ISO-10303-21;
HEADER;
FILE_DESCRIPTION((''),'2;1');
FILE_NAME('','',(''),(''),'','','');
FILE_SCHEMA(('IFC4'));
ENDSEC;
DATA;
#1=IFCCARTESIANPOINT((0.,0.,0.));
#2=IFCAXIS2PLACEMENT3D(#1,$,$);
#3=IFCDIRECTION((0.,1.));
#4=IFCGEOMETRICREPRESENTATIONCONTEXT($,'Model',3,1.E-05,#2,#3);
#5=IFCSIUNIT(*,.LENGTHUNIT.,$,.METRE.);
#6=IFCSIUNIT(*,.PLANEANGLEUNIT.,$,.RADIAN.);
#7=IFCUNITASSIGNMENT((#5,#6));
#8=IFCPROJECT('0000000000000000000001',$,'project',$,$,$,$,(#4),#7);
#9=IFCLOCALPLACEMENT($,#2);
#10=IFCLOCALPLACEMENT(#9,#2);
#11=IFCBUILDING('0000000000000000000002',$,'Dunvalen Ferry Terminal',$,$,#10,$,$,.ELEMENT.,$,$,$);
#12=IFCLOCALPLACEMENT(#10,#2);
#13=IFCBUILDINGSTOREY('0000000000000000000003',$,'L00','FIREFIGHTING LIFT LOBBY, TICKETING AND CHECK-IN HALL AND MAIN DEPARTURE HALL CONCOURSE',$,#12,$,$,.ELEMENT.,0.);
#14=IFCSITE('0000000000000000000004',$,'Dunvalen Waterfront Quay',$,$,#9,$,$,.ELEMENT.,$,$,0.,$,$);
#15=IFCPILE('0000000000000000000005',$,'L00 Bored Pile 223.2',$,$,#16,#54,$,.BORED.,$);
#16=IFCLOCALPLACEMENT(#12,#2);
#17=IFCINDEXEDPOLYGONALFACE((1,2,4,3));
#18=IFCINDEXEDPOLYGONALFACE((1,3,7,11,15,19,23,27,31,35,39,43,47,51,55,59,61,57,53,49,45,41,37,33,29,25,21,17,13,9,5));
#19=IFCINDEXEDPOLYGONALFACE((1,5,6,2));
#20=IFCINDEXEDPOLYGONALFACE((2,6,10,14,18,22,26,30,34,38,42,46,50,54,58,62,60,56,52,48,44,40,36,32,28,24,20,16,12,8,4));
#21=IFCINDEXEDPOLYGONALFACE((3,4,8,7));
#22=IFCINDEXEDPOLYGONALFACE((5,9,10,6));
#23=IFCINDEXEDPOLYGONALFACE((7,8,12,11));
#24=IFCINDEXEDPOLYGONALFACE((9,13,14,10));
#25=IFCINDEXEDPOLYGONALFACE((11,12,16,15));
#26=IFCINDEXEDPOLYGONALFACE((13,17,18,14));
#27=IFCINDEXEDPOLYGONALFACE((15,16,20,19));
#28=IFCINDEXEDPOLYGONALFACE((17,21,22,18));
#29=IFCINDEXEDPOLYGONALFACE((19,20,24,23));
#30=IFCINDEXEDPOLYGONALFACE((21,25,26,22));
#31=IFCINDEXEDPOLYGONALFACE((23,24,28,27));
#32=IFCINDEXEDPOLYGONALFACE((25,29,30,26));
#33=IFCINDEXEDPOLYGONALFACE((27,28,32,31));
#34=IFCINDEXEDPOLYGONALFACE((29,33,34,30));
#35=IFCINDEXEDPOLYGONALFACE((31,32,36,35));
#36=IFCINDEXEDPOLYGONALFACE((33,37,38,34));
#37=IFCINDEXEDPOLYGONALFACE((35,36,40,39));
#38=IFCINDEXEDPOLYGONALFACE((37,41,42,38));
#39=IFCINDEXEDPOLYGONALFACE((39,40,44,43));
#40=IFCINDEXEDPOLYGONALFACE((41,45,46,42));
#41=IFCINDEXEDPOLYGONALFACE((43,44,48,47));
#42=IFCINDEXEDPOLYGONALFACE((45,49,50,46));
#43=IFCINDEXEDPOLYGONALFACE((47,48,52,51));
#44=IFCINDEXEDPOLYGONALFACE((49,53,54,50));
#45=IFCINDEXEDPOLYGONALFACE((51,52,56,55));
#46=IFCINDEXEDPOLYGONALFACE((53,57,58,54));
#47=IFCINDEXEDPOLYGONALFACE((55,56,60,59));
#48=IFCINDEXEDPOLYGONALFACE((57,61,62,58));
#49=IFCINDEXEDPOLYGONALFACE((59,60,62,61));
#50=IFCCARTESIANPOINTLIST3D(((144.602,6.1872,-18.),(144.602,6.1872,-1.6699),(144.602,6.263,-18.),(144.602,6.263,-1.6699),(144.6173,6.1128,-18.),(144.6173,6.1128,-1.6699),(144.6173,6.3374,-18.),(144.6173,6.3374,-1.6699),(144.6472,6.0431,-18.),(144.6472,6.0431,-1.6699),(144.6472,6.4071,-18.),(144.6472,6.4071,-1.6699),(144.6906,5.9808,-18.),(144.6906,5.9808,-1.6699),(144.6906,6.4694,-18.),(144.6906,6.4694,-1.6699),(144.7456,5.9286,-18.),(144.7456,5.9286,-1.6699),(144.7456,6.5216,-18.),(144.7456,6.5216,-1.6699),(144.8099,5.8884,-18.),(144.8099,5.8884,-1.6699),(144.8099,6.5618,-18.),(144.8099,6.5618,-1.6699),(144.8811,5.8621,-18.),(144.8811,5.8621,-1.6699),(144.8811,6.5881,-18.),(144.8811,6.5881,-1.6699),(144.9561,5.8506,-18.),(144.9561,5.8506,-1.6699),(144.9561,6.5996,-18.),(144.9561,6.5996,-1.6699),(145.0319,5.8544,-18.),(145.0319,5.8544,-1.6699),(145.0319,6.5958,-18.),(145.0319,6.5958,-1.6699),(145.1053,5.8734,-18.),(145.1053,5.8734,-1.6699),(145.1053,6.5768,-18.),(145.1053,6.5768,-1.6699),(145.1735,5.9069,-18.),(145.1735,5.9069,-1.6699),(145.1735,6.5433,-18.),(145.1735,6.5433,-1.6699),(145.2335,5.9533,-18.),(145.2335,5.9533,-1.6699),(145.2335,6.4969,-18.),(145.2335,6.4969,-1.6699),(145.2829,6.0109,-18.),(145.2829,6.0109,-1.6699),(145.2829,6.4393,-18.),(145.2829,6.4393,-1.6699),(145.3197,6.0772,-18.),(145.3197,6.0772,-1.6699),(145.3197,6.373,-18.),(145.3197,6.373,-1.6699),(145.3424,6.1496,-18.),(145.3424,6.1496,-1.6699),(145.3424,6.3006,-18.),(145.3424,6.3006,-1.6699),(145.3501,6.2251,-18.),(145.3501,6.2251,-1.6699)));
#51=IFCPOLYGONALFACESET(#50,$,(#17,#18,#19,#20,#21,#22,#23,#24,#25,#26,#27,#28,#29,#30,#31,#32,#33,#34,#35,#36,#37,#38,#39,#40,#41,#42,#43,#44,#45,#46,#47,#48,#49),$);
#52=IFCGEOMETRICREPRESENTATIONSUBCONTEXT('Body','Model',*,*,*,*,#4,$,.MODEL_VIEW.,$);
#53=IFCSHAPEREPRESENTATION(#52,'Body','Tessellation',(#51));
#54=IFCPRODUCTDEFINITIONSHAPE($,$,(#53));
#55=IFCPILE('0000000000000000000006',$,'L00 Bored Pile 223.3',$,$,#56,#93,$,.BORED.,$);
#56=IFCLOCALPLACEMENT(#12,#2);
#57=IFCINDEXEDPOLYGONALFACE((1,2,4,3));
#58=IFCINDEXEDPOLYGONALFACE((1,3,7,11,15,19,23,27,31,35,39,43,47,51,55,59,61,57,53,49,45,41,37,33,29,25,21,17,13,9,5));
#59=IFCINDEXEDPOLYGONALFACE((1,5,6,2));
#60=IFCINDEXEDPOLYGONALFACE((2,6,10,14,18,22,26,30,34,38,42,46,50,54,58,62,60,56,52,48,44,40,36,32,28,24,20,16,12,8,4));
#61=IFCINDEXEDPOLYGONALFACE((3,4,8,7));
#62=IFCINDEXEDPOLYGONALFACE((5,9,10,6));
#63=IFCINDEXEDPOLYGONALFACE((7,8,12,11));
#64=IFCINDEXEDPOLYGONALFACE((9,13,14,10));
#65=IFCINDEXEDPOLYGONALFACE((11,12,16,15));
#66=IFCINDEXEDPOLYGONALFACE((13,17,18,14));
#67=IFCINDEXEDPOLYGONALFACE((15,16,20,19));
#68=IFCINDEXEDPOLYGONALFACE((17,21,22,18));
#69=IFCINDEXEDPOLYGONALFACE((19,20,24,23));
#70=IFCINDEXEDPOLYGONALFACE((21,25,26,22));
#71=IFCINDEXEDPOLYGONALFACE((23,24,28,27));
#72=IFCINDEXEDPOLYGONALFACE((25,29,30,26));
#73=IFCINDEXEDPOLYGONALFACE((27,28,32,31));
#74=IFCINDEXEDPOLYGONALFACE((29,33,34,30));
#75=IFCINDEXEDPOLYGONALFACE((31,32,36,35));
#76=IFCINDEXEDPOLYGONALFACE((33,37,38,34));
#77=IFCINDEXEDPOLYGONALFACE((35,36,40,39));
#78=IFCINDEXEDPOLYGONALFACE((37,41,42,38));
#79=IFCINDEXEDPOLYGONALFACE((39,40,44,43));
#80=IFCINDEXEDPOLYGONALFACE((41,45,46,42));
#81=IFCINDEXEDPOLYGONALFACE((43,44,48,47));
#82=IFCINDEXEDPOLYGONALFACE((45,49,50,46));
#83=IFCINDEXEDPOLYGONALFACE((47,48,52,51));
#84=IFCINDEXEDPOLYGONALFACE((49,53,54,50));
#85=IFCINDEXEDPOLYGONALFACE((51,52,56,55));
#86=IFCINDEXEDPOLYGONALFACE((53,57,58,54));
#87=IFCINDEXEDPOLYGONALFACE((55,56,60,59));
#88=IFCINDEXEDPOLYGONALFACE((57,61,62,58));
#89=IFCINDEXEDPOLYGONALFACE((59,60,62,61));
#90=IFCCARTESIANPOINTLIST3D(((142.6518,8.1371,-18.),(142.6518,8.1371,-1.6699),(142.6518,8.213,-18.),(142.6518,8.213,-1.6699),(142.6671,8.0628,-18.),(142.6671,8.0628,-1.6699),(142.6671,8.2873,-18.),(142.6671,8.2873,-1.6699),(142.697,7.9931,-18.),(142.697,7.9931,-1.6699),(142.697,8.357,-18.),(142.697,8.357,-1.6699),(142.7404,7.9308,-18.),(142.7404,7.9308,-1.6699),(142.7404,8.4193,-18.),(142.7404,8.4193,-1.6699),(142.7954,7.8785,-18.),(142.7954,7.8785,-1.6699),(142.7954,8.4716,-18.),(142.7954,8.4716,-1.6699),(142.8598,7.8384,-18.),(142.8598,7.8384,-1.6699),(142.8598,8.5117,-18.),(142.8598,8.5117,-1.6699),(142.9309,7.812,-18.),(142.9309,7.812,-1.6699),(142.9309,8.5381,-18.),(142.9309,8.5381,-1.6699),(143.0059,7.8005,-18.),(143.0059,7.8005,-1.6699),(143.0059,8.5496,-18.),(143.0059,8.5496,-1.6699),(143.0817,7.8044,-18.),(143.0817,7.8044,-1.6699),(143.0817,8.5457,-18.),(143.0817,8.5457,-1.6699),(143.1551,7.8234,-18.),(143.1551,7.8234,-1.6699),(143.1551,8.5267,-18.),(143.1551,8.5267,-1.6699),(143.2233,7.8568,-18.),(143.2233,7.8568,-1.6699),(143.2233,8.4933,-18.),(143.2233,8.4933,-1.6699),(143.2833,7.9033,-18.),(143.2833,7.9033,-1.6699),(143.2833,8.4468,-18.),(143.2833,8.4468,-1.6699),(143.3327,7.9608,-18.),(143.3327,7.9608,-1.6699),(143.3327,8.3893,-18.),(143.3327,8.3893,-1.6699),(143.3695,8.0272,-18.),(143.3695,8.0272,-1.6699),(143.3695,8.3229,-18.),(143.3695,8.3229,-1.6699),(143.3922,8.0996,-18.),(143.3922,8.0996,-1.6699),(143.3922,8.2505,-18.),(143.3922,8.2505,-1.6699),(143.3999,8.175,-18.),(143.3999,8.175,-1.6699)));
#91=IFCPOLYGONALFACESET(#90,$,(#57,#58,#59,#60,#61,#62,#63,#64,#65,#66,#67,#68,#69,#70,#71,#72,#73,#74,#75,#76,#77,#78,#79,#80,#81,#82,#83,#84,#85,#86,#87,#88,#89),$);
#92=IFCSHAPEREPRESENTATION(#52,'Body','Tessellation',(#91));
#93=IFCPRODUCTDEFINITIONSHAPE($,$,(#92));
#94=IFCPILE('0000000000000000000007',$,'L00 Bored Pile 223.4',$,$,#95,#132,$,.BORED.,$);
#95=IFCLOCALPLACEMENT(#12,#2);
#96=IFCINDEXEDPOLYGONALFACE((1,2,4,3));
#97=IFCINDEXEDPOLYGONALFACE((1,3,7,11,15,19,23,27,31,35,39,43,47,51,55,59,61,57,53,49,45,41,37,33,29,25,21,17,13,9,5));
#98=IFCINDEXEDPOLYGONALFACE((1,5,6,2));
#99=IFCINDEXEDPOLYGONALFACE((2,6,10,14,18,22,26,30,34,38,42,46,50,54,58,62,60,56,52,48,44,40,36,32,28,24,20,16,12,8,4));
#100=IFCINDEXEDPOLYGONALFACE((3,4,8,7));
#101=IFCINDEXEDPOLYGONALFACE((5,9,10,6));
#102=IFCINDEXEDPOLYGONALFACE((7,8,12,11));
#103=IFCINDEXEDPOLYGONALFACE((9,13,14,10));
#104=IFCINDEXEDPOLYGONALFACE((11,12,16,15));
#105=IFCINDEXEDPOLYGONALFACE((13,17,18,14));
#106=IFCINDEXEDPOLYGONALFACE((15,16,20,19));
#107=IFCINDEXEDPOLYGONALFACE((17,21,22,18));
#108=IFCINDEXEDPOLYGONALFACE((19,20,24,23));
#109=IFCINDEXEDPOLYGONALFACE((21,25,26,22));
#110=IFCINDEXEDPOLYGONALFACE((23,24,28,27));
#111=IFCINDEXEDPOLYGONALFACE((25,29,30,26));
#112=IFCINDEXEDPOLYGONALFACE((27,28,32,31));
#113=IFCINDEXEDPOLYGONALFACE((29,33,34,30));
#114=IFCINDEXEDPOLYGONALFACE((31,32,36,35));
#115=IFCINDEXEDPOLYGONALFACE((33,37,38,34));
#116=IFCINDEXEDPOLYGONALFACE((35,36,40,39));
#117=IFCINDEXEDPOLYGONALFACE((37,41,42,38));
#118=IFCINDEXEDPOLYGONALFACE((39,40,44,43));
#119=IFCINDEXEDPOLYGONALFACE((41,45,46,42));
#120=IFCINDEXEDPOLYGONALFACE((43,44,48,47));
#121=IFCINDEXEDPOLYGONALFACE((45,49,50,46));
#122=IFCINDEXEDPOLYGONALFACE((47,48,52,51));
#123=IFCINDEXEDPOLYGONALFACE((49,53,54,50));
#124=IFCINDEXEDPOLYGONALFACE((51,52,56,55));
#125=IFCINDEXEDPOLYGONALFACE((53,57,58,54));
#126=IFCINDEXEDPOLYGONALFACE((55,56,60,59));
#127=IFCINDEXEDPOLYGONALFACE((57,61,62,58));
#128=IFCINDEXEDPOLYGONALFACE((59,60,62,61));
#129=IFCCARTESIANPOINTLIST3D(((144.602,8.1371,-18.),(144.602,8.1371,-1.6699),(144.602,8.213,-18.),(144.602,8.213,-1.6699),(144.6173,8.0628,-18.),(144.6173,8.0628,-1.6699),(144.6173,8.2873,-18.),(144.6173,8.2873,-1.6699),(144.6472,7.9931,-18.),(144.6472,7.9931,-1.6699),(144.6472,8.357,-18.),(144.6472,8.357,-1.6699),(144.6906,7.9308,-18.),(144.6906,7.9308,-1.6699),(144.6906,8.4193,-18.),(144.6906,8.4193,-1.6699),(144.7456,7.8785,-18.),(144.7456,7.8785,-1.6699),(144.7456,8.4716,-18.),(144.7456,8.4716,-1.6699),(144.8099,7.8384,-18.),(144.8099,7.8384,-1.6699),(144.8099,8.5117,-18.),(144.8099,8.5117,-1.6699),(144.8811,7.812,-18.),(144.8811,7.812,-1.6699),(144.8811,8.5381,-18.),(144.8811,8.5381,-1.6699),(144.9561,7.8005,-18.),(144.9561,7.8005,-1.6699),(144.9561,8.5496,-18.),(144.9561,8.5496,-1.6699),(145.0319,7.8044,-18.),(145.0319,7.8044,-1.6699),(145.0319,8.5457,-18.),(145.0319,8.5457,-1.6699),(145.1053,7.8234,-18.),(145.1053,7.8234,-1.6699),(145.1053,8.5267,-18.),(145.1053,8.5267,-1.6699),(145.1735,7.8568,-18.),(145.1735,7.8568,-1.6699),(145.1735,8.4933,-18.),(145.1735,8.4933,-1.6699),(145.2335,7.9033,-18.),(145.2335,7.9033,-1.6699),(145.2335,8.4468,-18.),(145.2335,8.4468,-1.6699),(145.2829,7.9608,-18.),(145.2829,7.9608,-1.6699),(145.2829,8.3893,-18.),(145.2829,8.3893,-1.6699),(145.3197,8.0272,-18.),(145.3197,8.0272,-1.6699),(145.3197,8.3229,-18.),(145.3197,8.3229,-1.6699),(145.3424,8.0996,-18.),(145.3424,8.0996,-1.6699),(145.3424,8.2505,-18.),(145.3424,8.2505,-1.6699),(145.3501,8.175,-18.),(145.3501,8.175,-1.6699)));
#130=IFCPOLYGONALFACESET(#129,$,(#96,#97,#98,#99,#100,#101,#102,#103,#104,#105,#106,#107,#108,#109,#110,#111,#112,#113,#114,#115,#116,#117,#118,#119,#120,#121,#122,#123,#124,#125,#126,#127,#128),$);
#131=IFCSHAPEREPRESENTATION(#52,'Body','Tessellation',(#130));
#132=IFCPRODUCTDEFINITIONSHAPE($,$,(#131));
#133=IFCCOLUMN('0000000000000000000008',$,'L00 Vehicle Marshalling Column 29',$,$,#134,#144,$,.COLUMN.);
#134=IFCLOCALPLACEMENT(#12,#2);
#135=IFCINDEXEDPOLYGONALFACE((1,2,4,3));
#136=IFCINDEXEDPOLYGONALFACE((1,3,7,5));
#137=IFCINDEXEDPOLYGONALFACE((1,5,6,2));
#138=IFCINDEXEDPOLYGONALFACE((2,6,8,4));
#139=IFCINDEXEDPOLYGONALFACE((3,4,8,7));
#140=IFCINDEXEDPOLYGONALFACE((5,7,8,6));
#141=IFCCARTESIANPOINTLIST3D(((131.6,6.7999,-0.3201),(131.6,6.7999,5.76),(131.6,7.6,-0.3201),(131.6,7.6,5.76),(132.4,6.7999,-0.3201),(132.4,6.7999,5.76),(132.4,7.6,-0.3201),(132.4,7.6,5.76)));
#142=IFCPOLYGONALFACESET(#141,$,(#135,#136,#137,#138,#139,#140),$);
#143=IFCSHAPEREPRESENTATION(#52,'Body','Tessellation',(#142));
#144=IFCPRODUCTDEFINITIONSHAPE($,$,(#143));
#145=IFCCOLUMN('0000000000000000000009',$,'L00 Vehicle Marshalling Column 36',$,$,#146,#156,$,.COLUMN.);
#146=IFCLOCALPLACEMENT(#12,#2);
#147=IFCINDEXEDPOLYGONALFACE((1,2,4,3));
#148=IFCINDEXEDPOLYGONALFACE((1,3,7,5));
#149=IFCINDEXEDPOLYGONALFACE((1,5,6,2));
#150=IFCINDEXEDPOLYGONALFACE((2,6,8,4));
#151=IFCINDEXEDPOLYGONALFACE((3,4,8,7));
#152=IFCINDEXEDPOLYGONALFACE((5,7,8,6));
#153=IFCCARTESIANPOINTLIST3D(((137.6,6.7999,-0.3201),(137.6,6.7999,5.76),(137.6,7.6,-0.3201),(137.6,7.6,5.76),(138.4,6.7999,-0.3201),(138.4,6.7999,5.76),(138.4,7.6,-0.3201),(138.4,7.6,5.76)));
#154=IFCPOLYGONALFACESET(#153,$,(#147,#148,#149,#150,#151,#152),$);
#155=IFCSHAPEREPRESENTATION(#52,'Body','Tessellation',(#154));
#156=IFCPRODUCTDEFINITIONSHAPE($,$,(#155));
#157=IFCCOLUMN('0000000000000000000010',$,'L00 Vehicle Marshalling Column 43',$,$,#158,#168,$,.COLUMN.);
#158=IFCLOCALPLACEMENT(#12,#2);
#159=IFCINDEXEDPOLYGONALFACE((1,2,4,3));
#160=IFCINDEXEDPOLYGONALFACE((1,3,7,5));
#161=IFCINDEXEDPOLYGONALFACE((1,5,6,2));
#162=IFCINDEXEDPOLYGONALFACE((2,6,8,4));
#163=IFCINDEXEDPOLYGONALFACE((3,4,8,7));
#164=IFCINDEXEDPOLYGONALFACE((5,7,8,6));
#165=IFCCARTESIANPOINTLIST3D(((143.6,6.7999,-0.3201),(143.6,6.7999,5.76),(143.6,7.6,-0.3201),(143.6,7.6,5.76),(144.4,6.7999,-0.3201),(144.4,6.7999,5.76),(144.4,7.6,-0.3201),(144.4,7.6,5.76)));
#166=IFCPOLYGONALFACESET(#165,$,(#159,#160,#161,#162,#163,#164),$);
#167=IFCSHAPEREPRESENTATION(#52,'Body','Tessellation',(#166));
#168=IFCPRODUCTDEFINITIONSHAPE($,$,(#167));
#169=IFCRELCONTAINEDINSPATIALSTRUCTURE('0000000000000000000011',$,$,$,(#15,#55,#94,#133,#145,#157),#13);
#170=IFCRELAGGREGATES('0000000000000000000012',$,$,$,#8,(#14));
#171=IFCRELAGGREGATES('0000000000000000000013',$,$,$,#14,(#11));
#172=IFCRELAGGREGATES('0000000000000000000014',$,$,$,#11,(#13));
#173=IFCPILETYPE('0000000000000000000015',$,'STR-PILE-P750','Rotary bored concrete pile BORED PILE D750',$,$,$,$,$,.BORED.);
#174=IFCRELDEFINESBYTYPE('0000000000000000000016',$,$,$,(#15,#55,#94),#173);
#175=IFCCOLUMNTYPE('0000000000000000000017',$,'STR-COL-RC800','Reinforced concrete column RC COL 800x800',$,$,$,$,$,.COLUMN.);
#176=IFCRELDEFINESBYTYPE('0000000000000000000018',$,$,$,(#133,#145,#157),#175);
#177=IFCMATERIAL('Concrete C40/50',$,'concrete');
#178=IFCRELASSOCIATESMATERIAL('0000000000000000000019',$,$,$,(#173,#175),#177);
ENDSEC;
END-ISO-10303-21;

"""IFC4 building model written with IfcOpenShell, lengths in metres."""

from ifc_helpers import new_model, si_unit, direction, frame, origin, origin_2d, place, context, subcontext, project, spatial, rectangle, circle, extrude, material, material_profile, profile_set, type_object, element, save


model = new_model("IFC4")

# Units and contexts
model_context = context("Model", 3, precision=1e-05, world=origin(), true_north=direction((0.0, 1.0)))
body_context = subcontext(model_context, "Body", "Model", "MODEL_VIEW")
ifc_project = project(units=[si_unit("LENGTHUNIT", "METRE"), si_unit("PLANEANGLEUNIT", "RADIAN")], contexts=[model_context])

# Site, building, storey
site_placement = place(None, origin())
site = spatial("IfcSite", under=ifc_project, at=site_placement, Name="Dunvalen Waterfront Quay", CompositionType="ELEMENT", RefElevation=0.0)
building_placement = place(site_placement, origin())
building = spatial("IfcBuilding", under=site, at=building_placement, Name="Dunvalen Ferry Terminal", CompositionType="ELEMENT")
storey_placement = place(building_placement, origin())
storey = spatial("IfcBuildingStorey", under=building, at=storey_placement, Name="L00", Description="FIREFIGHTING LIFT LOBBY, TICKETING AND CHECK-IN HALL AND MAIN DEPARTURE HALL CONCOURSE", CompositionType="ELEMENT", Elevation=0.0)

# Shared definitions
ifc_material = material(Name="Concrete C40/50", Category="concrete")

# Piles
ifc_material_profile_1 = material_profile(ifc_material, circle(Radius=0.375, at=origin_2d()), Name="Concrete C40/50")
ifc_profile_set_1 = profile_set([ifc_material_profile_1], Name="Concrete C40/50")
pile_type = type_object("IfcPileType", Name="STR-PILE-P750", Description="Rotary bored concrete pile BORED PILE D750", PredefinedType="BORED", material=ifc_profile_set_1)
for number, where, z_axis, x_axis, name in (
    (1, (144.9751, 6.2251, -1.6699), (0.0, 0.0, -1.0), (1.0, 0.0, 0.0), "L00 Bored Pile 223.2"),
    (2, (143.0249, 8.175, -1.6699), (0.0, 0.0, -1.0), (1.0, 0.0, 0.0), "L00 Bored Pile 223.3"),
    (3, (144.9751, 8.175, -1.6699), (0.0, 0.0, -1.0), (1.0, 0.0, 0.0), "L00 Bored Pile 223.4"),
):
    element("IfcPile", number, at=place(storey_placement, frame(where, z_axis=z_axis, x_axis=x_axis)), inside=storey, type_object=pile_type, Name=name, PredefinedType="BORED", context=body_context, shape_type="SweptSolid", body=[
        extrude(circle(Radius=0.375, at=origin_2d()), origin(), (0.0, 0.0, 1.0), 16.3301),
    ])

# Columns
ifc_material_profile_2 = material_profile(ifc_material, rectangle(XDim=0.8, YDim=0.8, at=origin_2d()), Name="Concrete C40/50")
ifc_profile_set_2 = profile_set([ifc_material_profile_2], Name="Concrete C40/50")
column_type = type_object("IfcColumnType", Name="STR-COL-RC800", Description="Reinforced concrete column RC COL 800x800", PredefinedType="COLUMN", material=ifc_profile_set_2)
for number, where, z_axis, x_axis, name in (
    (4, (132.0, 7.2, -0.3201), (0.0, 0.0, 1.0), (1.0, 0.0, 0.0), "L00 Vehicle Marshalling Column 29"),
    (5, (138.0, 7.2, -0.3201), (0.0, 0.0, 1.0), (1.0, 0.0, 0.0), "L00 Vehicle Marshalling Column 36"),
    (6, (144.0, 7.2, -0.3201), (0.0, 0.0, 1.0), (1.0, 0.0, 0.0), "L00 Vehicle Marshalling Column 43"),
):
    element("IfcColumn", number, at=place(storey_placement, frame(where, z_axis=z_axis, x_axis=x_axis)), inside=storey, type_object=column_type, Name=name, PredefinedType="COLUMN", context=body_context, shape_type="SweptSolid", body=[
        extrude(rectangle(XDim=0.8, YDim=0.8, at=origin_2d()), origin(), (0.0, 0.0, 1.0), 6.0801),
    ])

save(model, "model.ifc")
